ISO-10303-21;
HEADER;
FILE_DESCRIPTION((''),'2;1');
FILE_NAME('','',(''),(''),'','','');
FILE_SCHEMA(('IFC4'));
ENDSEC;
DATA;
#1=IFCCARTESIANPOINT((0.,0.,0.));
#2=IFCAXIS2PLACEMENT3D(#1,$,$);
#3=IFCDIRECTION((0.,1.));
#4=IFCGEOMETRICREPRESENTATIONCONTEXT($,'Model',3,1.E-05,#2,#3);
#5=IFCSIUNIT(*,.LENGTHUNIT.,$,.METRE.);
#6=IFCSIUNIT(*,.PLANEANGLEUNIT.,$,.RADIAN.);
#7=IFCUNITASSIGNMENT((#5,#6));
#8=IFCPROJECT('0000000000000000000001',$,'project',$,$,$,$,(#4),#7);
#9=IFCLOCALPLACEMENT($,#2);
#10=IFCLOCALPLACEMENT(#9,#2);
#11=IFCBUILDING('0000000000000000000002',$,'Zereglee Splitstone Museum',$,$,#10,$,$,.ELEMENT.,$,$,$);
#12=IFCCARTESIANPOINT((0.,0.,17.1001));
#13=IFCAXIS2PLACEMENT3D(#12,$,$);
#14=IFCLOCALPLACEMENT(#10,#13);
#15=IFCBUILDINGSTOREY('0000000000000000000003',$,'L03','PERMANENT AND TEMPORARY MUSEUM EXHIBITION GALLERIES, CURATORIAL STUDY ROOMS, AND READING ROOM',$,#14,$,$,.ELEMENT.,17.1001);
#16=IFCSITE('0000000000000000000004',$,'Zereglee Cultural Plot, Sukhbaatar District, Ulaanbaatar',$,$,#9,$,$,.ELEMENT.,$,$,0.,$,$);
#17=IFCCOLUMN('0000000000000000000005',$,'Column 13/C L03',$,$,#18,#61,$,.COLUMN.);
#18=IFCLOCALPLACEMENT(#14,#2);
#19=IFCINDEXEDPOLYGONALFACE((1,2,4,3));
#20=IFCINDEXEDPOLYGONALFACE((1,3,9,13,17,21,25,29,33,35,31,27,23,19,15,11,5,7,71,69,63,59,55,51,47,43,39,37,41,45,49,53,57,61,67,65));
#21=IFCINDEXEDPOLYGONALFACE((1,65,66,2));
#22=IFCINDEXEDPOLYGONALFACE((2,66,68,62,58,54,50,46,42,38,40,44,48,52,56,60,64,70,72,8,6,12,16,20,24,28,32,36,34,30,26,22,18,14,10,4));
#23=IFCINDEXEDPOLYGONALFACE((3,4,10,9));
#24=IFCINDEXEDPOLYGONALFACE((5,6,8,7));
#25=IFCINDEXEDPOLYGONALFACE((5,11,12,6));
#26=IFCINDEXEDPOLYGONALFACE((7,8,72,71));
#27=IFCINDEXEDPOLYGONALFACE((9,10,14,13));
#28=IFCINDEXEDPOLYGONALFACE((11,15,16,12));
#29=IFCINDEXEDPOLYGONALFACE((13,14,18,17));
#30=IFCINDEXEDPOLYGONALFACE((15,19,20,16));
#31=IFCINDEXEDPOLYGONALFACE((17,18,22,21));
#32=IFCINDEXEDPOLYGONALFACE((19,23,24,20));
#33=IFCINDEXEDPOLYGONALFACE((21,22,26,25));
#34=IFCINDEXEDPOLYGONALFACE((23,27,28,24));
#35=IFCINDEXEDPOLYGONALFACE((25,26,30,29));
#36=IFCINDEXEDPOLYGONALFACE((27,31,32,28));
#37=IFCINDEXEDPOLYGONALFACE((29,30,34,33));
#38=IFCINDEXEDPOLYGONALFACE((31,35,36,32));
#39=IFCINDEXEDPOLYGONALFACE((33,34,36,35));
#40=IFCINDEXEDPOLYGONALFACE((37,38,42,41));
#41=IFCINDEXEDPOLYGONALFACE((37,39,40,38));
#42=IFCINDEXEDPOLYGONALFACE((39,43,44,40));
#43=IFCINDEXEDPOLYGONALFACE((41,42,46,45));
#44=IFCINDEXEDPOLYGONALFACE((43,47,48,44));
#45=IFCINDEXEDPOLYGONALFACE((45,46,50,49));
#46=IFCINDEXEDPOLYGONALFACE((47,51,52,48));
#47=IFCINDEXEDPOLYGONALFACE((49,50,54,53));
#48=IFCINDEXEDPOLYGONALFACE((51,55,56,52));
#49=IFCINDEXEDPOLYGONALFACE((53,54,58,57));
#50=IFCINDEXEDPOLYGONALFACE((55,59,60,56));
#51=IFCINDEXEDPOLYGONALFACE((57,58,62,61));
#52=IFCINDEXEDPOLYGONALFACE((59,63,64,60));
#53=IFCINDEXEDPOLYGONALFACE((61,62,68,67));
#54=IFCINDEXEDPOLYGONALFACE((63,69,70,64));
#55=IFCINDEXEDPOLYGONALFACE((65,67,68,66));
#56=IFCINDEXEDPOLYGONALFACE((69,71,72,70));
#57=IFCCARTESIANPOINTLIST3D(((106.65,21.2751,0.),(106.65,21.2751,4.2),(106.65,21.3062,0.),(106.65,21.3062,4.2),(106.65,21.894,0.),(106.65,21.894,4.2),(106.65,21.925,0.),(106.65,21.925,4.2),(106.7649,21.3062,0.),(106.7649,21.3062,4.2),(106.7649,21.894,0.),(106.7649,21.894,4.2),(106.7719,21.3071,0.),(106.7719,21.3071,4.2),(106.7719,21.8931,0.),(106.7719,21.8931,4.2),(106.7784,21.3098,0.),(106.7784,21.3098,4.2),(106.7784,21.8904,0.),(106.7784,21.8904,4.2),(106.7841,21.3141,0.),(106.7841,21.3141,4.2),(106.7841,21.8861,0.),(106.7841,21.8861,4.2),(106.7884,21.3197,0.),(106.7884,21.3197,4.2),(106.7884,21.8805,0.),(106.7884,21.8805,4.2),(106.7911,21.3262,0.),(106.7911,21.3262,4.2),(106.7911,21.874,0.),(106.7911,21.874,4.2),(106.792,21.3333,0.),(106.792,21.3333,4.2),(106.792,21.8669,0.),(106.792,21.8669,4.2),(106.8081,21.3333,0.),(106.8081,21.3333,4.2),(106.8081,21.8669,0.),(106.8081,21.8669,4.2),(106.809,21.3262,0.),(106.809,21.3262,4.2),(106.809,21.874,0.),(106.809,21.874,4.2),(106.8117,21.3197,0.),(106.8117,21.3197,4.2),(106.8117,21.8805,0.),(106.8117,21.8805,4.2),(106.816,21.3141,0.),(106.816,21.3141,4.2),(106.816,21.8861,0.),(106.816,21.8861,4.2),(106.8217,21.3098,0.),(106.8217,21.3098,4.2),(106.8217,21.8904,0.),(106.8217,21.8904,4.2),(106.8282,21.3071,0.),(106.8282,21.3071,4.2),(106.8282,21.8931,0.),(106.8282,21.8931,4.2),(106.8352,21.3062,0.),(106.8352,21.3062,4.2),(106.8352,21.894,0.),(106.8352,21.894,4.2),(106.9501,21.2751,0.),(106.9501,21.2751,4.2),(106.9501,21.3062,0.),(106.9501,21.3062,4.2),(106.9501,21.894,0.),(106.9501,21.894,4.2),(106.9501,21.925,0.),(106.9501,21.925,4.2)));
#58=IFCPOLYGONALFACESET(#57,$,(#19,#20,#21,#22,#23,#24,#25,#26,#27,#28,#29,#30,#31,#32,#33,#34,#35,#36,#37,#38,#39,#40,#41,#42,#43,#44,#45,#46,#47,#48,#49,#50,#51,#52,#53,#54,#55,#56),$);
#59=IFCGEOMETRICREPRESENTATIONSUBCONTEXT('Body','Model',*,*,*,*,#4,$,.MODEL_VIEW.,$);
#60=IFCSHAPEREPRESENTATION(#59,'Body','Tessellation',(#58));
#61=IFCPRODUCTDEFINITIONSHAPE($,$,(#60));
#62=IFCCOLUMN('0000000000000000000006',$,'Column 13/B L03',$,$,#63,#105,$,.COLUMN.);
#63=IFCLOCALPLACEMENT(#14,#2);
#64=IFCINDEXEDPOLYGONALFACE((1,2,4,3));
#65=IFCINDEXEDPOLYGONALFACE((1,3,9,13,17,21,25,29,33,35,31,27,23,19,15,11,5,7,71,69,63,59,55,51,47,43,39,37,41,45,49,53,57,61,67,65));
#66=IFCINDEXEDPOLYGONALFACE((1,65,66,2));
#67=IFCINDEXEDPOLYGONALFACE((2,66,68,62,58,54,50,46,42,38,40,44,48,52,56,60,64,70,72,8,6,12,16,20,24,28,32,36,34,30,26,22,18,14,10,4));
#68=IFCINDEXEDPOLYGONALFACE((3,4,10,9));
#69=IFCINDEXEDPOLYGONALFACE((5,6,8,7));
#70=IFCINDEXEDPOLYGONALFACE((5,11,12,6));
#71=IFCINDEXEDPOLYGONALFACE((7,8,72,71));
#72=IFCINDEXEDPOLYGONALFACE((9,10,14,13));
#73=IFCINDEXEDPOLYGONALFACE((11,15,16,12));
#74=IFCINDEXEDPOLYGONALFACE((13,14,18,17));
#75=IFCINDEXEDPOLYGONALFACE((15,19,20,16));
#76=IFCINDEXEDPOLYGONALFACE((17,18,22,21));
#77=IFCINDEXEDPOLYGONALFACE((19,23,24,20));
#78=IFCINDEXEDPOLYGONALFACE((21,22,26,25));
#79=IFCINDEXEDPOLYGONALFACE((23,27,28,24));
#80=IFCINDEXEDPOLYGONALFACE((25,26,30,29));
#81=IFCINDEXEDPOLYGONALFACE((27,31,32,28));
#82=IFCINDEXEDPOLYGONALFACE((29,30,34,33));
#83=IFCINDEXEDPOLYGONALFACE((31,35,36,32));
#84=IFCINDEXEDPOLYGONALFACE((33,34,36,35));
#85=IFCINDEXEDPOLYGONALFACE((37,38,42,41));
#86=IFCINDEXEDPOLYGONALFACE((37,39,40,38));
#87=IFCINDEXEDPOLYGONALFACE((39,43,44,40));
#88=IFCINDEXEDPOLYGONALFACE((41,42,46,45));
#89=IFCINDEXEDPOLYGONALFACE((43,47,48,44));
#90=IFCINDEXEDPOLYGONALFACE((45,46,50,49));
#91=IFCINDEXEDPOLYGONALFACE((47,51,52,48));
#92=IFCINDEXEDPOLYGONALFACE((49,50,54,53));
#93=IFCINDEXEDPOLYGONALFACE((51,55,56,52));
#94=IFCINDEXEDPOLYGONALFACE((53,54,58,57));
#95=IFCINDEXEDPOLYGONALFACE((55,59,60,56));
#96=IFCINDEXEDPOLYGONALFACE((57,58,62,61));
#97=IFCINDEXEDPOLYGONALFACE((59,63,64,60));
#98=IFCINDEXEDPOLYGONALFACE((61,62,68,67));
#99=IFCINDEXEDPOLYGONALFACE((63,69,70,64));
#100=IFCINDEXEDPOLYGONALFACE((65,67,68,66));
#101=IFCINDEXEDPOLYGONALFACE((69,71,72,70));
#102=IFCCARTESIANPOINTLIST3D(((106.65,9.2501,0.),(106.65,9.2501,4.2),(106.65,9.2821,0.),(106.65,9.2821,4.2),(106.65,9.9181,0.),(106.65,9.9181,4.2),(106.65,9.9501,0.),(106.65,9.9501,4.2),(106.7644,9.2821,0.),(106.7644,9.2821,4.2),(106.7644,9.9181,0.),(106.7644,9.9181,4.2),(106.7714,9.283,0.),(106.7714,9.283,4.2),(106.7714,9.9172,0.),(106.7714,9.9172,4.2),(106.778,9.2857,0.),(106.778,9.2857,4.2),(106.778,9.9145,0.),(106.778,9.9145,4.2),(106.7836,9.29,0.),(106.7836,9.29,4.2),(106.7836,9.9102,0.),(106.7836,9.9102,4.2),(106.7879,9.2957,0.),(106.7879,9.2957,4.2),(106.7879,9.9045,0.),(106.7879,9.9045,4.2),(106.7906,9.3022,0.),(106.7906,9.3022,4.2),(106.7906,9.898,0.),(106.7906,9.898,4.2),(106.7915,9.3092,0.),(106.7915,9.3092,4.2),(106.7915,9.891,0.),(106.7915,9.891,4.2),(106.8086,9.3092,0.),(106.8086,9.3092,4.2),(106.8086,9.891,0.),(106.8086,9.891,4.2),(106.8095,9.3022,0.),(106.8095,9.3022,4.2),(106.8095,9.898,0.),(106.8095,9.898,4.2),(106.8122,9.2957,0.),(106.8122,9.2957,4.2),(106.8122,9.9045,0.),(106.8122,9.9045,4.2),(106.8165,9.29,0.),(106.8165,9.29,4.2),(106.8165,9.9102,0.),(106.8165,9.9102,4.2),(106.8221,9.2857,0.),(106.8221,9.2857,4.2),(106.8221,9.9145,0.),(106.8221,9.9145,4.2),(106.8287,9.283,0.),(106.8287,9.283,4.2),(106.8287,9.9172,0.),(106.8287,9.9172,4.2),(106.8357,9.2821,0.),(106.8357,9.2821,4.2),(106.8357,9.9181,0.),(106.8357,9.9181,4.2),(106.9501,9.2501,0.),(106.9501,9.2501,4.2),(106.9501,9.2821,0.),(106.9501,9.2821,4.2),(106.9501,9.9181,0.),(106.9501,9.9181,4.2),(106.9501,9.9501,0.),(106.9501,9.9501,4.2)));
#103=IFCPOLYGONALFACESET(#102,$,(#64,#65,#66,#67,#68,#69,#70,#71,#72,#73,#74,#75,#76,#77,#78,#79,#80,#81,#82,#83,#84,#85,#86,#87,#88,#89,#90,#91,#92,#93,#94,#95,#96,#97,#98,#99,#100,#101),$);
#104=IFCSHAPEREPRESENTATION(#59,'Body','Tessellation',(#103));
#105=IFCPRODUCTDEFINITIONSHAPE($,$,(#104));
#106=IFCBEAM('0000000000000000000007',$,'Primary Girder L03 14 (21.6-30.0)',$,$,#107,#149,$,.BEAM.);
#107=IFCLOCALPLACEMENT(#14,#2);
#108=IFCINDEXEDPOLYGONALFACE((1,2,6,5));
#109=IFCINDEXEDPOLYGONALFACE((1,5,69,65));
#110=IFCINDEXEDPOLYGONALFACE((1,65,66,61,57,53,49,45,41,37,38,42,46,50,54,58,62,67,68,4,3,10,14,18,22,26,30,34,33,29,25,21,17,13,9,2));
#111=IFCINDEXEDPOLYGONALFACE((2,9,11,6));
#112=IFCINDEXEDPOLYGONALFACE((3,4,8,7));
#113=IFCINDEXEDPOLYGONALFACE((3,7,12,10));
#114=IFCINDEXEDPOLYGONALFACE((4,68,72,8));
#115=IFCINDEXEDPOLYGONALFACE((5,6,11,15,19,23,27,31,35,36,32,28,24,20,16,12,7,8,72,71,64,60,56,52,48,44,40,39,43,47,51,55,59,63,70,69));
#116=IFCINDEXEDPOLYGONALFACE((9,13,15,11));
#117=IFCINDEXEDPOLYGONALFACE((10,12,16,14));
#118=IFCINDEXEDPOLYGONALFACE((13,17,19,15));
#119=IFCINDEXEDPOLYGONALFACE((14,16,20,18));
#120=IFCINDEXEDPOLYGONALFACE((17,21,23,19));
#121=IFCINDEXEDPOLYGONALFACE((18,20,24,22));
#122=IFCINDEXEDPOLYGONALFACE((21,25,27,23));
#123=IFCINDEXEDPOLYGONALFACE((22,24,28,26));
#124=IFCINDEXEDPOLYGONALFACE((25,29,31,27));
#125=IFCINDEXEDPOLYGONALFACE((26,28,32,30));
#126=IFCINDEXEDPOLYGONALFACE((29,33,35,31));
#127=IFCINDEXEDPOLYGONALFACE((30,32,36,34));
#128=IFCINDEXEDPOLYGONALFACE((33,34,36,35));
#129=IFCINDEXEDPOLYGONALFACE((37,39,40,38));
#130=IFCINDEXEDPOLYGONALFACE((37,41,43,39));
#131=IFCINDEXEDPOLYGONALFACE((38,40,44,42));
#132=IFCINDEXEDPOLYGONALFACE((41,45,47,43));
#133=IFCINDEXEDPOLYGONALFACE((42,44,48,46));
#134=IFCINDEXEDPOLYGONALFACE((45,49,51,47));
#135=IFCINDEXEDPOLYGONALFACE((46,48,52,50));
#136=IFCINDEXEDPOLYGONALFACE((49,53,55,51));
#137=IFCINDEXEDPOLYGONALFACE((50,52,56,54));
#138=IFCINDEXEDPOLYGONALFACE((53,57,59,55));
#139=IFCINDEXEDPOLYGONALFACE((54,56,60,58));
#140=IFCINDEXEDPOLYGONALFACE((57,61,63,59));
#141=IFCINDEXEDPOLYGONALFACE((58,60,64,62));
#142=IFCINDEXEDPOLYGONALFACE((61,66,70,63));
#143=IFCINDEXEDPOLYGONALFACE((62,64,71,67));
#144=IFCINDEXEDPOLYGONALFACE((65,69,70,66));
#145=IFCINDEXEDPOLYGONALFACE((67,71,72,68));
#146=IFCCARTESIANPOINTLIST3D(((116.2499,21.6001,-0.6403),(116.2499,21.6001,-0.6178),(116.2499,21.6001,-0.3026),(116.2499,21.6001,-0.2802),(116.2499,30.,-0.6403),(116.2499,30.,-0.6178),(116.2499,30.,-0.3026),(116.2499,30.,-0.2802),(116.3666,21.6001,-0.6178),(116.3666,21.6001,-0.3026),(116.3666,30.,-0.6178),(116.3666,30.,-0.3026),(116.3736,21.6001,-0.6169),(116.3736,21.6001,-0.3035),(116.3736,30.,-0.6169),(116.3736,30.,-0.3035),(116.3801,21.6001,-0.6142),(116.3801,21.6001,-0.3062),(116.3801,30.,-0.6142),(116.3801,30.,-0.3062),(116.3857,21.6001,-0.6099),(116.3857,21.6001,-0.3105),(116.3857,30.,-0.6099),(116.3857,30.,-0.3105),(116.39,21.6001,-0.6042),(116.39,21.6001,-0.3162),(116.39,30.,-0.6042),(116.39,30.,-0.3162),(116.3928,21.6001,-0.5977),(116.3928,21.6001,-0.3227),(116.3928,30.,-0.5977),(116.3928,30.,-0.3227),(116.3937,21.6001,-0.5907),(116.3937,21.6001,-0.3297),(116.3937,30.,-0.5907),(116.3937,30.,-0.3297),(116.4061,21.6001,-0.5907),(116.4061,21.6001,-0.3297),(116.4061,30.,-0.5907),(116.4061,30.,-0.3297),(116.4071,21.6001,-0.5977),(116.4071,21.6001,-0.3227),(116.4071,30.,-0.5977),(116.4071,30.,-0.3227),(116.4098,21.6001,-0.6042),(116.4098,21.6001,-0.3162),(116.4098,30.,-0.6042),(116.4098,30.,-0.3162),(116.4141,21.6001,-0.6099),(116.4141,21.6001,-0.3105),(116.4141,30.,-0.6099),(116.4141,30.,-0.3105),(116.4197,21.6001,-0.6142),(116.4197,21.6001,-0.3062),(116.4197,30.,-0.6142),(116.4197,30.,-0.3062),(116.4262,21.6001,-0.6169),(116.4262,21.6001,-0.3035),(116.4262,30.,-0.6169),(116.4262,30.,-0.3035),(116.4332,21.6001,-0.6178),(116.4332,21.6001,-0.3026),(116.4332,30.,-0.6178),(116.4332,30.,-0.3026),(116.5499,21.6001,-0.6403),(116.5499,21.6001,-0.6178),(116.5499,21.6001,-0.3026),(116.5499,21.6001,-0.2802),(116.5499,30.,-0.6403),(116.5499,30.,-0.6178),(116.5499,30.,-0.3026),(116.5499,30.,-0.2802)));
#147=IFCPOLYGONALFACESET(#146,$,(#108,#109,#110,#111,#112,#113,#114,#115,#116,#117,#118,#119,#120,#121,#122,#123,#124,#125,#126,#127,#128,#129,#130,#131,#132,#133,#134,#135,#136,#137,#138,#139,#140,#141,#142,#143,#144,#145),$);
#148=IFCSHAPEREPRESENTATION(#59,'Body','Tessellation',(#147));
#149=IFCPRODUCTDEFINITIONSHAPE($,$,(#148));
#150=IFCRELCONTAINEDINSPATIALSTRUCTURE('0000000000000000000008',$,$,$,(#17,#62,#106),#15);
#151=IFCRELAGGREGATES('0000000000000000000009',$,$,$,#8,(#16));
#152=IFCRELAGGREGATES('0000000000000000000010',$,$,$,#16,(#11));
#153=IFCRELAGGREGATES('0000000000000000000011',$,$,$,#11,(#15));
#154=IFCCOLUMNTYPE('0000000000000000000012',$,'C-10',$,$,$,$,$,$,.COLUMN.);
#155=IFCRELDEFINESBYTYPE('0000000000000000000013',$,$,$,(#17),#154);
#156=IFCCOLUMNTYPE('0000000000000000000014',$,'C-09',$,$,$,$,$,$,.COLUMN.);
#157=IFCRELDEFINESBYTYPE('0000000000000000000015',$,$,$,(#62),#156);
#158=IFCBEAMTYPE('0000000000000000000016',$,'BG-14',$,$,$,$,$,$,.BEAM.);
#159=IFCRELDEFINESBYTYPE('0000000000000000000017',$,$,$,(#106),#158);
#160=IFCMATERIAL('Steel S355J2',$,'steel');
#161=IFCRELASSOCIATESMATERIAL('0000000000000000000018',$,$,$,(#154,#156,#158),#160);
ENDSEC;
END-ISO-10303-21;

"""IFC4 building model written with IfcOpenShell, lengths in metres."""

from ifc_helpers import new_model, si_unit, direction, frame, origin, origin_2d, place, context, subcontext, project, spatial, i_section, extrude, material, material_profile, profile_set, type_object, element, save


model = new_model("IFC4")

# Units and contexts
model_context = context("Model", 3, precision=1e-05, world=origin(), true_north=direction((0.0, 1.0)))
body_context = subcontext(model_context, "Body", "Model", "MODEL_VIEW")
ifc_project = project(units=[si_unit("LENGTHUNIT", "METRE"), si_unit("PLANEANGLEUNIT", "RADIAN")], contexts=[model_context])

# Site, building, storey
site_placement = place(None, origin())
site = spatial("IfcSite", under=ifc_project, at=site_placement, Name="Zereglee Cultural Plot, Sukhbaatar District, Ulaanbaatar", CompositionType="ELEMENT", RefElevation=0.0)
building_placement = place(site_placement, origin())
building = spatial("IfcBuilding", under=site, at=building_placement, Name="Zereglee Splitstone Museum", CompositionType="ELEMENT")
storey_placement = place(building_placement, frame((0.0, 0.0, 17.1001)))
storey = spatial("IfcBuildingStorey", under=building, at=storey_placement, Name="L03", Description="PERMANENT AND TEMPORARY MUSEUM EXHIBITION GALLERIES, CURATORIAL STUDY ROOMS, AND READING ROOM", CompositionType="ELEMENT", Elevation=17.1001)

# Columns
ifc_material_1 = material(Name="Steel S355J2", Category="steel")
ifc_material_profile_1 = material_profile(ifc_material_1, i_section(OverallWidth=0.3, OverallDepth=0.6499, WebThickness=0.0161, FlangeThickness=0.031, FilletRadius=0.0271, at=origin_2d()), Name="HE 650 B")
ifc_profile_set_1 = profile_set([ifc_material_profile_1], Name="Steel S355J2")
column_type_1 = type_object("IfcColumnType", Name="C-10", PredefinedType="COLUMN", material=ifc_profile_set_1)
column_1_placement = place(storey_placement, frame((106.8, 21.6001, 0.0), z_axis=(0.0, 0.0, 1.0), x_axis=(1.0, 0.0, 0.0)))
element("IfcColumn", 1, at=column_1_placement, inside=storey, type_object=column_type_1, Name="Column 13/C L03", PredefinedType="COLUMN", context=body_context, shape_type="SweptSolid", body=[
    extrude(i_section(OverallWidth=0.3, OverallDepth=0.6499, WebThickness=0.0161, FlangeThickness=0.031, FilletRadius=0.0271, at=origin_2d()), origin(), (0.0, 0.0, 1.0), 4.2),
])
ifc_material_profile_2 = material_profile(ifc_material_1, i_section(OverallWidth=0.3, OverallDepth=0.7, WebThickness=0.0171, FlangeThickness=0.032, FilletRadius=0.0271, at=origin_2d()), Name="HE 700 B")
ifc_profile_set_2 = profile_set([ifc_material_profile_2], Name="Steel S355J2")
column_type_2 = type_object("IfcColumnType", Name="C-09", PredefinedType="COLUMN", material=ifc_profile_set_2)
column_2_placement = place(storey_placement, frame((106.8, 9.6001, 0.0), z_axis=(0.0, 0.0, 1.0), x_axis=(1.0, 0.0, 0.0)))
element("IfcColumn", 2, at=column_2_placement, inside=storey, type_object=column_type_2, Name="Column 13/B L03", PredefinedType="COLUMN", context=body_context, shape_type="SweptSolid", body=[
    extrude(i_section(OverallWidth=0.3, OverallDepth=0.7, WebThickness=0.0171, FlangeThickness=0.032, FilletRadius=0.0271, at=origin_2d()), origin(), (0.0, 0.0, 1.0), 4.2),
])

# Beam
ifc_material_profile_3 = material_profile(ifc_material_1, i_section(OverallWidth=0.3, OverallDepth=0.3601, WebThickness=0.0125, FlangeThickness=0.0225, FilletRadius=0.0271, at=origin_2d()), Name="HE 360 B")
ifc_profile_set_3 = profile_set([ifc_material_profile_3], Name="Steel S355J2")
beam_type_1 = type_object("IfcBeamType", Name="BG-14", PredefinedType="BEAM", material=ifc_profile_set_3)
beam_1_placement = place(storey_placement, frame((116.3999, 21.6001, -0.4602), z_axis=(0.0, 1.0, 0.0), x_axis=(-1.0, 0.0, 0.0)))
element("IfcBeam", 3, at=beam_1_placement, inside=storey, type_object=beam_type_1, Name="Primary Girder L03 14 (21.6-30.0)", PredefinedType="BEAM", context=body_context, shape_type="SweptSolid", body=[
    extrude(i_section(OverallWidth=0.3, OverallDepth=0.3601, WebThickness=0.0125, FlangeThickness=0.0225, FilletRadius=0.0271, at=origin_2d()), origin(), (0.0, 0.0, 1.0), 8.3999),
])

save(model, "model.ifc")
